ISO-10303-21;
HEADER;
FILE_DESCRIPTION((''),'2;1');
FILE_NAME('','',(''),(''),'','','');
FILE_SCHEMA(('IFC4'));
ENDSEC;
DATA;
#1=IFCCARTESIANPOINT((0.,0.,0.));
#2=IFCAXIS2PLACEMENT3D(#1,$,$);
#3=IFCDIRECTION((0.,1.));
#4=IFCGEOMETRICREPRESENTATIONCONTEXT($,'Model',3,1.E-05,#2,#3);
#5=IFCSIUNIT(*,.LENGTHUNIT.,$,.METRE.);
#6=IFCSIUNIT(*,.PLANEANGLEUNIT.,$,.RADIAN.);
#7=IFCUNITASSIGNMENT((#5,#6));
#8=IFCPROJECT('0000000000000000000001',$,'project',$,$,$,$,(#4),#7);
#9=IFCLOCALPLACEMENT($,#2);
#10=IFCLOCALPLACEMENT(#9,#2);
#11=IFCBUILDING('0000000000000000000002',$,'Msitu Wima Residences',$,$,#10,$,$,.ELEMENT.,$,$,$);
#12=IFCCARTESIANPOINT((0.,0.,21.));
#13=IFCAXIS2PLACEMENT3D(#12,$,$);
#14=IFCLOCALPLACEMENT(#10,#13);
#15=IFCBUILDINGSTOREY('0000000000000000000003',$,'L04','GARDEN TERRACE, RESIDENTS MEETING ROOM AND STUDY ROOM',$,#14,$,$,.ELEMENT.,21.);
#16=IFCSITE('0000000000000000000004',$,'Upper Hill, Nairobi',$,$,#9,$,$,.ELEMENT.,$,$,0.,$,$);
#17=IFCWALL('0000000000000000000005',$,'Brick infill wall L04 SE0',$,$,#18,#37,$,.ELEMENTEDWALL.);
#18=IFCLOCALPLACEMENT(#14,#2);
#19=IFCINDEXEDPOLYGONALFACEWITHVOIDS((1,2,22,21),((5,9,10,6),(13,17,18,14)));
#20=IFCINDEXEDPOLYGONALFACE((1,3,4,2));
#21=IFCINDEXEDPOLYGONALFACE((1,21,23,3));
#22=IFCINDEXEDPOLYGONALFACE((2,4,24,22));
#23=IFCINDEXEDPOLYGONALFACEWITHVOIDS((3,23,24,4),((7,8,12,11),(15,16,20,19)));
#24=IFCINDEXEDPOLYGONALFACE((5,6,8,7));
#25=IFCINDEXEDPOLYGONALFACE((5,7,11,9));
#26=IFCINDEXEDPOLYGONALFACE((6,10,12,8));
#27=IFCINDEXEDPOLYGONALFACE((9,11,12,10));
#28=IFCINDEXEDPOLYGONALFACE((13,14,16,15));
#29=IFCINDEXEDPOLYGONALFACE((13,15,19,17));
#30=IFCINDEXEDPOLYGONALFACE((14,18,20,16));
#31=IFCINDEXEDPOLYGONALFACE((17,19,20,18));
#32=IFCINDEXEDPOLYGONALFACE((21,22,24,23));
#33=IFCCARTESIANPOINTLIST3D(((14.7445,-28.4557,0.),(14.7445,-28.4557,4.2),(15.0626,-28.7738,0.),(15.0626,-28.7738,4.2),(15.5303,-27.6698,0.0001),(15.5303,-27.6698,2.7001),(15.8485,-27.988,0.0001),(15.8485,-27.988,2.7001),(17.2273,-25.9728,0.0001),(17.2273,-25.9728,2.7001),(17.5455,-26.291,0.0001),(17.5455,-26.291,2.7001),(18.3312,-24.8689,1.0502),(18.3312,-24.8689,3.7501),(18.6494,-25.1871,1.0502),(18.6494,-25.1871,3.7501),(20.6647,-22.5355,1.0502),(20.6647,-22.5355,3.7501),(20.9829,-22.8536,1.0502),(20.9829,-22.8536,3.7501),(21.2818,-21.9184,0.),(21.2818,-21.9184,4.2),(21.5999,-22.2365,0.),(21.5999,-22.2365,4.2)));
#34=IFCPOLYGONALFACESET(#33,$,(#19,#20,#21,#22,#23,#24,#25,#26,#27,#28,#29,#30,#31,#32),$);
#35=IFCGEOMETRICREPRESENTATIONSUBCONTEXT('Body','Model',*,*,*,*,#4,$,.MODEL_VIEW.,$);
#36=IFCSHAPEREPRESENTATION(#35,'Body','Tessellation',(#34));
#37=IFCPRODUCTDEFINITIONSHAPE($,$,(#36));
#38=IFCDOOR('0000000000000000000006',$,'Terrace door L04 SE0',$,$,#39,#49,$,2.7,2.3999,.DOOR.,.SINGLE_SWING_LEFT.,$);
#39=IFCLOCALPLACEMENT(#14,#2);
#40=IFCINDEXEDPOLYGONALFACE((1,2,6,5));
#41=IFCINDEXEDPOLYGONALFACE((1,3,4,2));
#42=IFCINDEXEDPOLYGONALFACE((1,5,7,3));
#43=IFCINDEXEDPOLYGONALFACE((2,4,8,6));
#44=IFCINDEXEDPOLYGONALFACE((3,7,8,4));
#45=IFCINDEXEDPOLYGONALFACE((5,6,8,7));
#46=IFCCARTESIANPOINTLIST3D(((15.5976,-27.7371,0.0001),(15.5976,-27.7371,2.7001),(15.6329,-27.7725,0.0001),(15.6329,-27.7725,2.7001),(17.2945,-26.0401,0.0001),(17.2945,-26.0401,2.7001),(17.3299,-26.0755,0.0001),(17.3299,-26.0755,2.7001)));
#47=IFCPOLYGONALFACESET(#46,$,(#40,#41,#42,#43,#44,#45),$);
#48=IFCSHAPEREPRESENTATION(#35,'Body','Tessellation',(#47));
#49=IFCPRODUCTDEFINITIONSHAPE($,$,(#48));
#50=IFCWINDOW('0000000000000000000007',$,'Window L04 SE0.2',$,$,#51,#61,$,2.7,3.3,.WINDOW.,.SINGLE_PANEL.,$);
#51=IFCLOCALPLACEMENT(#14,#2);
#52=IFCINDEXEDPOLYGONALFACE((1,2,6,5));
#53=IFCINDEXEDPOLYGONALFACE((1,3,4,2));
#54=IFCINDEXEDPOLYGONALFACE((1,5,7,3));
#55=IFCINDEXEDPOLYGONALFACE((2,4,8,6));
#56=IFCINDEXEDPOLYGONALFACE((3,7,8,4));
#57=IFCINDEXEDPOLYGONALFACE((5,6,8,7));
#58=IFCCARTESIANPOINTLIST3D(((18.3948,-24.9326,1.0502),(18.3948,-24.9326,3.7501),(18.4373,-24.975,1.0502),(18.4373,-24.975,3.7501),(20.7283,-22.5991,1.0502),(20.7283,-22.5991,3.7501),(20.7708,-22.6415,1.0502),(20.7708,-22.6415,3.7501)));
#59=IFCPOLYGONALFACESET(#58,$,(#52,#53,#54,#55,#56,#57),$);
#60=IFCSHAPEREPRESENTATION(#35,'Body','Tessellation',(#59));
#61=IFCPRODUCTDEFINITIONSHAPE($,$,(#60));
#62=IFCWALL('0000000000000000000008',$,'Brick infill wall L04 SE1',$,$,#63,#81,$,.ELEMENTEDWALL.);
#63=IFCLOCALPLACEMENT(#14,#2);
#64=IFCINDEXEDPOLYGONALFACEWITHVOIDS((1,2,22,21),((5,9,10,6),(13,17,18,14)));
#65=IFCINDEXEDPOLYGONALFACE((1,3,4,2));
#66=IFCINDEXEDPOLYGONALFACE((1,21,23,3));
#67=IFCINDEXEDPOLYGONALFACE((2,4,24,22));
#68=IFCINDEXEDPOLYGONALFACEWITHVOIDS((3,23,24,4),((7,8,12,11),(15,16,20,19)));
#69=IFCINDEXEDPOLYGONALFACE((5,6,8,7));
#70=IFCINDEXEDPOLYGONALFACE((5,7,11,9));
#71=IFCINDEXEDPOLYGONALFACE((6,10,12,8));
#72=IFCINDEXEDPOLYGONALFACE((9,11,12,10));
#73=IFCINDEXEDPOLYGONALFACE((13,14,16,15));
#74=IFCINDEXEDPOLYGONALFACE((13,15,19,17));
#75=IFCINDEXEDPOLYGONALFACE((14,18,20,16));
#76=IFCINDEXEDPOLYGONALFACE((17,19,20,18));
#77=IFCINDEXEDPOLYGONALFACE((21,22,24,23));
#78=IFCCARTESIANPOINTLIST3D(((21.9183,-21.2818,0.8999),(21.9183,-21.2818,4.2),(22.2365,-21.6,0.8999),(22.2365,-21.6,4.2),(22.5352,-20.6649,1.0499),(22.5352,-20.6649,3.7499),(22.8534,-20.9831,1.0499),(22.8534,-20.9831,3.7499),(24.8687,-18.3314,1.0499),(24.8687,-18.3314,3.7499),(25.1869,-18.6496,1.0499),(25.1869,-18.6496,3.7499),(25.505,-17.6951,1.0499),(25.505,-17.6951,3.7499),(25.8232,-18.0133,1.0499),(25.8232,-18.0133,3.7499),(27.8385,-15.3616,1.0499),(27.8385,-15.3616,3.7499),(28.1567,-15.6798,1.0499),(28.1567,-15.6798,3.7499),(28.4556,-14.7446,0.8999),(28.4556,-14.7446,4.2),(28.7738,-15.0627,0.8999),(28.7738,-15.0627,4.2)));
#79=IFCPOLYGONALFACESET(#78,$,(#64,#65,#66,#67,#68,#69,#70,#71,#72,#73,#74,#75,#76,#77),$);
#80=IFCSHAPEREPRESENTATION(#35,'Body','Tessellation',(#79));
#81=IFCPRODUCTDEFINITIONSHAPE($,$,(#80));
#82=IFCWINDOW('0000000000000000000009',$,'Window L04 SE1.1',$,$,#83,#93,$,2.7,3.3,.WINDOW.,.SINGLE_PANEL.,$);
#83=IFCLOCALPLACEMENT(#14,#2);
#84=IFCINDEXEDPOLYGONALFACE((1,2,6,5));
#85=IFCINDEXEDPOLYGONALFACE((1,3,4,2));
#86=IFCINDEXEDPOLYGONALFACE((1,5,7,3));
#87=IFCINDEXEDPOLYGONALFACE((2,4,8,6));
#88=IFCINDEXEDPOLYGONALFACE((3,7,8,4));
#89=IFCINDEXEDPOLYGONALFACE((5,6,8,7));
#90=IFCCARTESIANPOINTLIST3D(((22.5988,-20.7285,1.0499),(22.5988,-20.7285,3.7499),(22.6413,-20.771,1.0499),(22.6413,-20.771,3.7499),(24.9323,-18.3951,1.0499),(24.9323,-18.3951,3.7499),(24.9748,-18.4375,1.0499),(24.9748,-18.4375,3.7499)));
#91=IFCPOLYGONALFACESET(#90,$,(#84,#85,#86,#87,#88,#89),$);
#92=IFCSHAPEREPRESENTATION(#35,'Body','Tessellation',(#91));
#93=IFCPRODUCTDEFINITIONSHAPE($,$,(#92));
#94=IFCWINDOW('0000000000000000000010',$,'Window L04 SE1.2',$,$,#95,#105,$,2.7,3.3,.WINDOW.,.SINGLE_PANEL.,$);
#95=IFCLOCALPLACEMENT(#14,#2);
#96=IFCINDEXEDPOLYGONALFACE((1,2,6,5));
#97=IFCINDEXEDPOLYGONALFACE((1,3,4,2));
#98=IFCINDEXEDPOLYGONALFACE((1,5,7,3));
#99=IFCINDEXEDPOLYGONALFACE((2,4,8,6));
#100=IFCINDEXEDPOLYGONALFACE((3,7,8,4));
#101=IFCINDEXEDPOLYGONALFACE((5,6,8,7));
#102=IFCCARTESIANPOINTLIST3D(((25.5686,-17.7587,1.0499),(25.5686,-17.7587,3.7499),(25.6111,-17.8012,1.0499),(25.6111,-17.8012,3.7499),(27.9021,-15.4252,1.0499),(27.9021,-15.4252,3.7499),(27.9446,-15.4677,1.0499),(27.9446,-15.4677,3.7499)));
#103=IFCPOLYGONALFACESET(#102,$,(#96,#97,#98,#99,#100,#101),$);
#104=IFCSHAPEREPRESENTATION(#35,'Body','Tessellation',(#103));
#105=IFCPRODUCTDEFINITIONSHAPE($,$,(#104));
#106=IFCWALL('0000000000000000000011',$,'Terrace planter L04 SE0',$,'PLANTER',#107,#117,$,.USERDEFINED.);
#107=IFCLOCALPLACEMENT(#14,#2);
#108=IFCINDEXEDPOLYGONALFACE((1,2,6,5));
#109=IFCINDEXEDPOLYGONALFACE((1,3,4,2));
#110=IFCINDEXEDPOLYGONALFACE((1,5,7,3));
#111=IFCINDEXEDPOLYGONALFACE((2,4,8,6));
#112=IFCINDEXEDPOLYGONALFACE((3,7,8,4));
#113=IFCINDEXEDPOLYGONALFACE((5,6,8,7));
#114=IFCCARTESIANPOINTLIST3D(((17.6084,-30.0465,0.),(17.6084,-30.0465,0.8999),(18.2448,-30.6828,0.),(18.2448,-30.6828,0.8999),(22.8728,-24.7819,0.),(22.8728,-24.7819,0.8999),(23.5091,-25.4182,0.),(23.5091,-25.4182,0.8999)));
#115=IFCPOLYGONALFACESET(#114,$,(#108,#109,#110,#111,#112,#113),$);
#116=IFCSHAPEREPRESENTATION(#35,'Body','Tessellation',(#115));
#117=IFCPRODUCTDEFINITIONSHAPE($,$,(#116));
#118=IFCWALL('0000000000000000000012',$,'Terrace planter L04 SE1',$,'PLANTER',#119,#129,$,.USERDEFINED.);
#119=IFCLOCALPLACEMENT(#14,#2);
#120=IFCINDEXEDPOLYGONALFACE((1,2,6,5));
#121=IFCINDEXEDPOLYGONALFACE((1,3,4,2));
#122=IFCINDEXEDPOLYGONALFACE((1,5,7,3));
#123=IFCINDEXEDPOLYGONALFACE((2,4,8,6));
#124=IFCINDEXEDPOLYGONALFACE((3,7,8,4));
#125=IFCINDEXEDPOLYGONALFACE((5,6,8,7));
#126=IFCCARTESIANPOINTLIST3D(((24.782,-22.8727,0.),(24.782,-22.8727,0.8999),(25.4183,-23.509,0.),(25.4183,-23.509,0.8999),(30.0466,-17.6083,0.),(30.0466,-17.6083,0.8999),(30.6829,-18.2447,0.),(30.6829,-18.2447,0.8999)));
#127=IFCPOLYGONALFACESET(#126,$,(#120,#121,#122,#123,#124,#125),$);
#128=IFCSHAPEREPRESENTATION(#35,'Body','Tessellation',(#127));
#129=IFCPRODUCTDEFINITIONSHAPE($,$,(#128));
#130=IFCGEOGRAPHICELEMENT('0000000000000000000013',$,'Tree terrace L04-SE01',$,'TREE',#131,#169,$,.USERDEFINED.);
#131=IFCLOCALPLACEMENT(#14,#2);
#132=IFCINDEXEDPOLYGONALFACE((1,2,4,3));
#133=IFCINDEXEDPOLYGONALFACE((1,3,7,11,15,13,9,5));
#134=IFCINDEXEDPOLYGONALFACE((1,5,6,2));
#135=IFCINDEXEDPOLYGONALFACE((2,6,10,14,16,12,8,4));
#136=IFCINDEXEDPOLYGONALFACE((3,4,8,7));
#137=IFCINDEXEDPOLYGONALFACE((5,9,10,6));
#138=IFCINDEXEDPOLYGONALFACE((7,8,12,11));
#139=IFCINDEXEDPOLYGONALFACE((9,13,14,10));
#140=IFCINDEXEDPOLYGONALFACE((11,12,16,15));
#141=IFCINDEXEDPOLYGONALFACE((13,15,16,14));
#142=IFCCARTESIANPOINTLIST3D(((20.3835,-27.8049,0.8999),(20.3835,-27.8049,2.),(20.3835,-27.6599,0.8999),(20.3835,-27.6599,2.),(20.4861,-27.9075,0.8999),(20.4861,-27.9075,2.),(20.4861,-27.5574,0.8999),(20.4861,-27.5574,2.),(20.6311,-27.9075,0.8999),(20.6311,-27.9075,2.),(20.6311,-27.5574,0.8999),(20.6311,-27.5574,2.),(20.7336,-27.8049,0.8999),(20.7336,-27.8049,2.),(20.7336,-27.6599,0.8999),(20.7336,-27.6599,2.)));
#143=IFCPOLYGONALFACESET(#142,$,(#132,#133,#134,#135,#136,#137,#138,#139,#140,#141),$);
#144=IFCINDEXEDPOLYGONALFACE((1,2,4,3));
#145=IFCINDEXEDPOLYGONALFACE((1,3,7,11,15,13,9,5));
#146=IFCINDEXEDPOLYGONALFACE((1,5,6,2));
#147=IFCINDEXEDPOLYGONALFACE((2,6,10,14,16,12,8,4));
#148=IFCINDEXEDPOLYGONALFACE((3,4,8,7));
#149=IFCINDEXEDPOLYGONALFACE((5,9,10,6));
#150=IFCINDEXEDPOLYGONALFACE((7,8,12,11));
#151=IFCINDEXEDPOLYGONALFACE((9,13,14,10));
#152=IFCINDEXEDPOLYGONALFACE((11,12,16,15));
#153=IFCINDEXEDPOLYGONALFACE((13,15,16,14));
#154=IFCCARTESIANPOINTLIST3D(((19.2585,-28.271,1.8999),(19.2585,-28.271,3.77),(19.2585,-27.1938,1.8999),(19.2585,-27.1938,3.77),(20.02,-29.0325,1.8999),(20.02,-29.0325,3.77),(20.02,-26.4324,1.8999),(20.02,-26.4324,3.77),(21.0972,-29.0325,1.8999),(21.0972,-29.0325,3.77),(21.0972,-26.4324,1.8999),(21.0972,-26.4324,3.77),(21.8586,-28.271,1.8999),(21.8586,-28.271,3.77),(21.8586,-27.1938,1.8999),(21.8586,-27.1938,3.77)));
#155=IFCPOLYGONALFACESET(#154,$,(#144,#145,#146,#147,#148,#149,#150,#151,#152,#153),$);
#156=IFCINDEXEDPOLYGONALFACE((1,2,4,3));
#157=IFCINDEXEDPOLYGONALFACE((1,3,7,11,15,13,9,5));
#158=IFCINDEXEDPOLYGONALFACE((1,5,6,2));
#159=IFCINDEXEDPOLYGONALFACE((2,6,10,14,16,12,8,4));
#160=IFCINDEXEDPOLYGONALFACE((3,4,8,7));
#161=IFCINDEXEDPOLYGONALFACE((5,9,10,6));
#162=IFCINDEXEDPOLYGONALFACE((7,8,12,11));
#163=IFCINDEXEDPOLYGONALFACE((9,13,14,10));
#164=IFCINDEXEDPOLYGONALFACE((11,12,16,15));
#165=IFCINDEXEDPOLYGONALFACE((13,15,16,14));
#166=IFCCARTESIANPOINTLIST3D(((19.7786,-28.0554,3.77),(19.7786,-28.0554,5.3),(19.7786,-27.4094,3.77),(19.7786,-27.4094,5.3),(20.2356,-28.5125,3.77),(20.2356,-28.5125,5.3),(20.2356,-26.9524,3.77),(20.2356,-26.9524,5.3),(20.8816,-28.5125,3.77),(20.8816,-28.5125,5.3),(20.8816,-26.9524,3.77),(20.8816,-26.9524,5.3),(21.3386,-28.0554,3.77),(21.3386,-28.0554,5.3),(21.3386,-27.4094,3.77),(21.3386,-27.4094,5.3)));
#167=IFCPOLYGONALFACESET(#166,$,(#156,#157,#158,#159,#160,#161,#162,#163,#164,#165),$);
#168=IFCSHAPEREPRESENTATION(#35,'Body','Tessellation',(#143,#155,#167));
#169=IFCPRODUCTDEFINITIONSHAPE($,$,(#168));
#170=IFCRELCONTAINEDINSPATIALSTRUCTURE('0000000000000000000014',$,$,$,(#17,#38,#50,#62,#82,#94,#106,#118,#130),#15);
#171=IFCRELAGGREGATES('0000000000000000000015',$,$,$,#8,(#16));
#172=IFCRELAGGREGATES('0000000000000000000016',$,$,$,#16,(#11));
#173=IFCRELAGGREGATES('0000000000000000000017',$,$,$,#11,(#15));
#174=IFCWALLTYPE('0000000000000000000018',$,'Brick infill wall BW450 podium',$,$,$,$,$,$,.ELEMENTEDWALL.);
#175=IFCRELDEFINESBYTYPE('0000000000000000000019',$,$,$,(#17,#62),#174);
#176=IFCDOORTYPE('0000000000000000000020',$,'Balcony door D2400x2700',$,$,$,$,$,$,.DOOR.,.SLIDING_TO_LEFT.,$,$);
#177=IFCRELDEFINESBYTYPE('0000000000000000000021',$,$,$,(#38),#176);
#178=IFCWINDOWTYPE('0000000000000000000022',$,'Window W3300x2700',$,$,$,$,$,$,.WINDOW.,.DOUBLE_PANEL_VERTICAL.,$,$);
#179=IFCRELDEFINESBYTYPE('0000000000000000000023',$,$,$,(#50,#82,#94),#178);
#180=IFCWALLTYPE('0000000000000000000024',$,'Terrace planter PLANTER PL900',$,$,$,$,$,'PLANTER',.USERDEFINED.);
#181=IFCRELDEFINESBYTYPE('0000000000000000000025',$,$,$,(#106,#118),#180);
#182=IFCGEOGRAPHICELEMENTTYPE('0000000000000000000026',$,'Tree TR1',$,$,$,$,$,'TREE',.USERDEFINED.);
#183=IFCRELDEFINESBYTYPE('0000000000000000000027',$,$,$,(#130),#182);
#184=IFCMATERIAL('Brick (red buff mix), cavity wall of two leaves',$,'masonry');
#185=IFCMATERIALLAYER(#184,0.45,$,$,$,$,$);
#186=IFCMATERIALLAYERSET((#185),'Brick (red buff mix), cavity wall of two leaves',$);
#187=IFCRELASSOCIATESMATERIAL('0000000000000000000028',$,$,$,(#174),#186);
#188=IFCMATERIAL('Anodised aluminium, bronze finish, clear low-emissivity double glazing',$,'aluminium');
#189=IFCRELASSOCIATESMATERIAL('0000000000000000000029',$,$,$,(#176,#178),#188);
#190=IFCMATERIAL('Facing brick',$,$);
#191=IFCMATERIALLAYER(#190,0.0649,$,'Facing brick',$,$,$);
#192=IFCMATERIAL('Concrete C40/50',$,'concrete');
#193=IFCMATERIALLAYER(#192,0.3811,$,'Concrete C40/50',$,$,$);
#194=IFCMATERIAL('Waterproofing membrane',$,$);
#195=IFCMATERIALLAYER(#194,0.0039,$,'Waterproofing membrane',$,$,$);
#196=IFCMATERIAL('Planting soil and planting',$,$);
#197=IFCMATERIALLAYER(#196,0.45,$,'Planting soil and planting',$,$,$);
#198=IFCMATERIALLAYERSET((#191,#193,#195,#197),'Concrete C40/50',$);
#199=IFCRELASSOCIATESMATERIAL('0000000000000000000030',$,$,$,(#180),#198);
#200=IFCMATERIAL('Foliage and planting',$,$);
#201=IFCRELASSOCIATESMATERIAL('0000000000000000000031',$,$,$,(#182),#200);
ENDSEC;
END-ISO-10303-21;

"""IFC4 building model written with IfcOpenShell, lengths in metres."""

from ifc_helpers import new_model, si_unit, direction, frame, frame_2d, origin, place, context, subcontext, project, spatial, polyline, rectangle, outline, extrude, material, layer, layer_set, type_object, element, fill, save


model = new_model("IFC4")

# Units and contexts
model_context = context("Model", 3, precision=1e-05, world=origin(), true_north=direction((0.0, 1.0)))
body_context = subcontext(model_context, "Body", "Model", "MODEL_VIEW")
ifc_project = project(units=[si_unit("LENGTHUNIT", "METRE"), si_unit("PLANEANGLEUNIT", "RADIAN")], contexts=[model_context])

# Site, building, storey
site_placement = place(None, origin())
site = spatial("IfcSite", under=ifc_project, at=site_placement, Name="Upper Hill, Nairobi", CompositionType="ELEMENT", RefElevation=0.0)
building_placement = place(site_placement, origin())
building = spatial("IfcBuilding", under=site, at=building_placement, Name="Msitu Wima Residences", CompositionType="ELEMENT")
storey_placement = place(building_placement, frame((0.0, 0.0, 21.0)))
storey = spatial("IfcBuildingStorey", under=building, at=storey_placement, Name="L04", Description="GARDEN TERRACE, RESIDENTS MEETING ROOM AND STUDY ROOM", CompositionType="ELEMENT", Elevation=21.0)

# Wall, openings, door, window
ifc_material_1 = material(Name="Brick (red buff mix), cavity wall of two leaves", Category="masonry")
ifc_layer_1 = layer(ifc_material_1, 0.45)
ifc_layer_set_1 = layer_set([ifc_layer_1], Name="Brick (red buff mix), cavity wall of two leaves")
wall_type_1 = type_object("IfcWallType", Name="Brick infill wall BW450 podium", PredefinedType="ELEMENTEDWALL", material=ifc_layer_set_1)
wall_1_placement = place(storey_placement, frame((14.9036, -28.6147, 0.0), z_axis=(0.0, 0.0, 1.0), x_axis=(0.707107, 0.707107, 0.0)))
wall_1 = element("IfcWall", 1, at=wall_1_placement, inside=storey, type_object=wall_type_1, Name="Brick infill wall L04 SE0", PredefinedType="ELEMENTEDWALL", context=body_context, shape_type="SweptSolid", body=[
    extrude(rectangle(XDim=9.2451, YDim=0.45, at=frame_2d((4.6226, 0.0))), origin(), (0.0, 0.0, 1.0), 4.2),
])
opening_1_placement = place(wall_1_placement, frame((1.1113, 0.0, 0.0)))
opening_1 = element("IfcOpeningElement", 2, at=opening_1_placement, cuts=wall_1, PredefinedType="OPENING", context=body_context, shape_type="SweptSolid", body=[
    extrude(rectangle(XDim=2.3999, YDim=2.7, at=frame_2d((1.2, 1.3501))), frame((0.0, 0.2349, 0.0), z_axis=(0.0, -1.0, 0.0), x_axis=(1.0, 0.0, 0.0)), (0.0, 0.0, 1.0), 0.47),
])
opening_2_placement = place(wall_1_placement, frame((5.0725, 0.0, 1.05)))
opening_2 = element("IfcOpeningElement", 3, at=opening_2_placement, cuts=wall_1, PredefinedType="OPENING", context=body_context, shape_type="SweptSolid", body=[
    extrude(rectangle(XDim=3.3, YDim=2.7, at=frame_2d((1.6499, 1.3501))), frame((0.0, 0.2349, 0.0), z_axis=(0.0, -1.0, 0.0), x_axis=(1.0, 0.0, 0.0)), (0.0, 0.0, 1.0), 0.47),
])
ifc_material_2 = material(Name="Anodised aluminium, bronze finish, clear low-emissivity double glazing", Category="aluminium")
door_type = type_object("IfcDoorType", Name="Balcony door D2400x2700", OperationType="SLIDING_TO_LEFT", PredefinedType="DOOR", material=ifc_material_2)
door_placement = place(opening_1_placement, origin())
door = element("IfcDoor", 4, at=door_placement, inside=storey, type_object=door_type, Name="Terrace door L04 SE0", OperationType="SINGLE_SWING_LEFT", OverallHeight=2.7, OverallWidth=2.3999, PredefinedType="DOOR", context=body_context, shape_type="SweptSolid", body=[
    extrude(rectangle(XDim=2.3999, YDim=2.7, at=frame_2d((1.2, 1.3501))), frame((0.0, 0.1299, 0.0), z_axis=(0.0, -1.0, 0.0), x_axis=(1.0, 0.0, 0.0)), (0.0, 0.0, 1.0), 0.05),
])
fill(opening_1, door)
window_type = type_object("IfcWindowType", Name="Window W3300x2700", PartitioningType="DOUBLE_PANEL_VERTICAL", PredefinedType="WINDOW", material=ifc_material_2)
window_1_placement = place(opening_2_placement, origin())
window_1 = element("IfcWindow", 5, at=window_1_placement, inside=storey, type_object=window_type, Name="Window L04 SE0.2", OverallHeight=2.7, OverallWidth=3.3, PartitioningType="SINGLE_PANEL", PredefinedType="WINDOW", context=body_context, shape_type="SweptSolid", body=[
    extrude(rectangle(XDim=3.3, YDim=2.7, at=frame_2d((1.6499, 1.3501))), frame((0.0, 0.135, 0.0), z_axis=(0.0, -1.0, 0.0), x_axis=(1.0, 0.0, 0.0)), (0.0, 0.0, 1.0), 0.0601),
])
fill(opening_2, window_1)

# Wall, openings, windows
wall_2_placement = place(storey_placement, frame((22.0774, -21.4409, 0.8999), z_axis=(0.0, 0.0, 1.0), x_axis=(0.707107, 0.707107, 0.0)))
wall_2 = element("IfcWall", 6, at=wall_2_placement, inside=storey, type_object=wall_type_1, Name="Brick infill wall L04 SE1", PredefinedType="ELEMENTEDWALL", context=body_context, shape_type="SweptSolid", body=[
    extrude(rectangle(XDim=9.2451, YDim=0.45, at=frame_2d((4.6226, 0.0))), origin(), (0.0, 0.0, 1.0), 3.3),
])
opening_3_placement = place(wall_2_placement, frame((0.8726, 0.0, 0.1499)))
opening_3 = element("IfcOpeningElement", 7, at=opening_3_placement, cuts=wall_2, PredefinedType="OPENING", context=body_context, shape_type="SweptSolid", body=[
    extrude(rectangle(XDim=3.3, YDim=2.7, at=frame_2d((1.6499, 1.3501))), frame((0.0, 0.2349, 0.0), z_axis=(0.0, -1.0, 0.0), x_axis=(1.0, 0.0, 0.0)), (0.0, 0.0, 1.0), 0.47),
])
opening_4_placement = place(wall_2_placement, frame((5.0725, 0.0, 0.1499)))
opening_4 = element("IfcOpeningElement", 8, at=opening_4_placement, cuts=wall_2, PredefinedType="OPENING", context=body_context, shape_type="SweptSolid", body=[
    extrude(rectangle(XDim=3.3, YDim=2.7, at=frame_2d((1.6499, 1.3501))), frame((0.0, 0.2349, 0.0), z_axis=(0.0, -1.0, 0.0), x_axis=(1.0, 0.0, 0.0)), (0.0, 0.0, 1.0), 0.47),
])
window_2_placement = place(opening_3_placement, origin())
window_2 = element("IfcWindow", 9, at=window_2_placement, inside=storey, type_object=window_type, Name="Window L04 SE1.1", OverallHeight=2.7, OverallWidth=3.3, PartitioningType="SINGLE_PANEL", PredefinedType="WINDOW", context=body_context, shape_type="SweptSolid", body=[
    extrude(rectangle(XDim=3.3, YDim=2.7, at=frame_2d((1.6499, 1.3501))), frame((0.0, 0.135, 0.0), z_axis=(0.0, -1.0, 0.0), x_axis=(1.0, 0.0, 0.0)), (0.0, 0.0, 1.0), 0.0601),
])
fill(opening_3, window_2)
window_3_placement = place(opening_4_placement, origin())
window_3 = element("IfcWindow", 10, at=window_3_placement, inside=storey, type_object=window_type, Name="Window L04 SE1.2", OverallHeight=2.7, OverallWidth=3.3, PartitioningType="SINGLE_PANEL", PredefinedType="WINDOW", context=body_context, shape_type="SweptSolid", body=[
    extrude(rectangle(XDim=3.3, YDim=2.7, at=frame_2d((1.6499, 1.3501))), frame((0.0, 0.135, 0.0), z_axis=(0.0, -1.0, 0.0), x_axis=(1.0, 0.0, 0.0)), (0.0, 0.0, 1.0), 0.0601),
])
fill(opening_4, window_3)

# Walls
ifc_material_3 = material(Name="Facing brick")
ifc_layer_2 = layer(ifc_material_3, 0.0649, Name="Facing brick")
ifc_material_4 = material(Name="Concrete C40/50", Category="concrete")
ifc_layer_3 = layer(ifc_material_4, 0.3811, Name="Concrete C40/50")
ifc_material_5 = material(Name="Waterproofing membrane")
ifc_layer_4 = layer(ifc_material_5, 0.0039, Name="Waterproofing membrane")
ifc_material_6 = material(Name="Planting soil and planting")
ifc_layer_5 = layer(ifc_material_6, 0.45, Name="Planting soil and planting")
ifc_layer_set_2 = layer_set([ifc_layer_2, ifc_layer_3, ifc_layer_4, ifc_layer_5], Name="Concrete C40/50")
wall_type_2 = type_object("IfcWallType", Name="Terrace planter PLANTER PL900", ElementType="PLANTER", PredefinedType="USERDEFINED", material=ifc_layer_set_2)
for number, where, z_axis, x_axis, name in (
    (11, (17.9265, -30.3647, 0.0), (0.0, 0.0, 1.0), (0.70709, 0.707123, 0.0), "Terrace planter L04 SE0"),
    (12, (25.1001, -23.1909, 0.0), (0.0, 0.0, 1.0), (0.707123, 0.70709, 0.0), "Terrace planter L04 SE1"),
):
    element("IfcWall", number, at=place(storey_placement, frame(where, z_axis=z_axis, x_axis=x_axis)), inside=storey, type_object=wall_type_2, Name=name, ObjectType="PLANTER", PredefinedType="USERDEFINED", context=body_context, shape_type="SweptSolid", body=[
        extrude(rectangle(XDim=7.4451, YDim=0.8999, at=frame_2d((3.7227, 0.0))), origin(), (0.0, 0.0, 1.0), 0.8999),
    ])

# Geographic element
ifc_material_7 = material(Name="Foliage and planting")
geographic_element_type = type_object("IfcGeographicElementType", Name="Tree TR1", ElementType="TREE", PredefinedType="USERDEFINED", material=ifc_material_7)
for number, where, z_axis, x_axis, name in (
    (13, (20.5586, -27.7324, 0.8999), (0.0, 0.0, 1.0), (1.0, 0.0, 0.0), "Tree terrace L04-SE01"),
):
    element("IfcGeographicElement", number, at=place(storey_placement, frame(where, z_axis=z_axis, x_axis=x_axis)), inside=storey, type_object=geographic_element_type, Name=name, ObjectType="TREE", PredefinedType="USERDEFINED", context=body_context, shape_type="SweptSolid", body=[
        extrude(outline(polyline([(0.175, 0.0725), (0.0725, 0.175), (-0.0725, 0.175), (-0.175, 0.0725), (-0.175, -0.0725), (-0.0725, -0.175), (0.0725, -0.175), (0.175, -0.0725), (0.175, 0.0725)])), origin(), (0.0, 0.0, 1.0), 1.1001),
        extrude(outline(polyline([(1.3, 0.5386), (0.5386, 1.3), (-0.5386, 1.3), (-1.3, 0.5386), (-1.3, -0.5386), (-0.5386, -1.3), (0.5386, -1.3), (1.3, -0.5386), (1.3, 0.5386)])), frame((0.0, 0.0, 1.0)), (0.0, 0.0, 1.0), 1.8701),
        extrude(outline(polyline([(0.78, 0.323), (0.323, 0.78), (-0.323, 0.78), (-0.78, 0.323), (-0.78, -0.323), (-0.323, -0.78), (0.323, -0.78), (0.78, -0.323), (0.78, 0.323)])), frame((0.0, 0.0, 2.8701)), (0.0, 0.0, 1.0), 1.53),
    ])

save(model, "model.ifc")
